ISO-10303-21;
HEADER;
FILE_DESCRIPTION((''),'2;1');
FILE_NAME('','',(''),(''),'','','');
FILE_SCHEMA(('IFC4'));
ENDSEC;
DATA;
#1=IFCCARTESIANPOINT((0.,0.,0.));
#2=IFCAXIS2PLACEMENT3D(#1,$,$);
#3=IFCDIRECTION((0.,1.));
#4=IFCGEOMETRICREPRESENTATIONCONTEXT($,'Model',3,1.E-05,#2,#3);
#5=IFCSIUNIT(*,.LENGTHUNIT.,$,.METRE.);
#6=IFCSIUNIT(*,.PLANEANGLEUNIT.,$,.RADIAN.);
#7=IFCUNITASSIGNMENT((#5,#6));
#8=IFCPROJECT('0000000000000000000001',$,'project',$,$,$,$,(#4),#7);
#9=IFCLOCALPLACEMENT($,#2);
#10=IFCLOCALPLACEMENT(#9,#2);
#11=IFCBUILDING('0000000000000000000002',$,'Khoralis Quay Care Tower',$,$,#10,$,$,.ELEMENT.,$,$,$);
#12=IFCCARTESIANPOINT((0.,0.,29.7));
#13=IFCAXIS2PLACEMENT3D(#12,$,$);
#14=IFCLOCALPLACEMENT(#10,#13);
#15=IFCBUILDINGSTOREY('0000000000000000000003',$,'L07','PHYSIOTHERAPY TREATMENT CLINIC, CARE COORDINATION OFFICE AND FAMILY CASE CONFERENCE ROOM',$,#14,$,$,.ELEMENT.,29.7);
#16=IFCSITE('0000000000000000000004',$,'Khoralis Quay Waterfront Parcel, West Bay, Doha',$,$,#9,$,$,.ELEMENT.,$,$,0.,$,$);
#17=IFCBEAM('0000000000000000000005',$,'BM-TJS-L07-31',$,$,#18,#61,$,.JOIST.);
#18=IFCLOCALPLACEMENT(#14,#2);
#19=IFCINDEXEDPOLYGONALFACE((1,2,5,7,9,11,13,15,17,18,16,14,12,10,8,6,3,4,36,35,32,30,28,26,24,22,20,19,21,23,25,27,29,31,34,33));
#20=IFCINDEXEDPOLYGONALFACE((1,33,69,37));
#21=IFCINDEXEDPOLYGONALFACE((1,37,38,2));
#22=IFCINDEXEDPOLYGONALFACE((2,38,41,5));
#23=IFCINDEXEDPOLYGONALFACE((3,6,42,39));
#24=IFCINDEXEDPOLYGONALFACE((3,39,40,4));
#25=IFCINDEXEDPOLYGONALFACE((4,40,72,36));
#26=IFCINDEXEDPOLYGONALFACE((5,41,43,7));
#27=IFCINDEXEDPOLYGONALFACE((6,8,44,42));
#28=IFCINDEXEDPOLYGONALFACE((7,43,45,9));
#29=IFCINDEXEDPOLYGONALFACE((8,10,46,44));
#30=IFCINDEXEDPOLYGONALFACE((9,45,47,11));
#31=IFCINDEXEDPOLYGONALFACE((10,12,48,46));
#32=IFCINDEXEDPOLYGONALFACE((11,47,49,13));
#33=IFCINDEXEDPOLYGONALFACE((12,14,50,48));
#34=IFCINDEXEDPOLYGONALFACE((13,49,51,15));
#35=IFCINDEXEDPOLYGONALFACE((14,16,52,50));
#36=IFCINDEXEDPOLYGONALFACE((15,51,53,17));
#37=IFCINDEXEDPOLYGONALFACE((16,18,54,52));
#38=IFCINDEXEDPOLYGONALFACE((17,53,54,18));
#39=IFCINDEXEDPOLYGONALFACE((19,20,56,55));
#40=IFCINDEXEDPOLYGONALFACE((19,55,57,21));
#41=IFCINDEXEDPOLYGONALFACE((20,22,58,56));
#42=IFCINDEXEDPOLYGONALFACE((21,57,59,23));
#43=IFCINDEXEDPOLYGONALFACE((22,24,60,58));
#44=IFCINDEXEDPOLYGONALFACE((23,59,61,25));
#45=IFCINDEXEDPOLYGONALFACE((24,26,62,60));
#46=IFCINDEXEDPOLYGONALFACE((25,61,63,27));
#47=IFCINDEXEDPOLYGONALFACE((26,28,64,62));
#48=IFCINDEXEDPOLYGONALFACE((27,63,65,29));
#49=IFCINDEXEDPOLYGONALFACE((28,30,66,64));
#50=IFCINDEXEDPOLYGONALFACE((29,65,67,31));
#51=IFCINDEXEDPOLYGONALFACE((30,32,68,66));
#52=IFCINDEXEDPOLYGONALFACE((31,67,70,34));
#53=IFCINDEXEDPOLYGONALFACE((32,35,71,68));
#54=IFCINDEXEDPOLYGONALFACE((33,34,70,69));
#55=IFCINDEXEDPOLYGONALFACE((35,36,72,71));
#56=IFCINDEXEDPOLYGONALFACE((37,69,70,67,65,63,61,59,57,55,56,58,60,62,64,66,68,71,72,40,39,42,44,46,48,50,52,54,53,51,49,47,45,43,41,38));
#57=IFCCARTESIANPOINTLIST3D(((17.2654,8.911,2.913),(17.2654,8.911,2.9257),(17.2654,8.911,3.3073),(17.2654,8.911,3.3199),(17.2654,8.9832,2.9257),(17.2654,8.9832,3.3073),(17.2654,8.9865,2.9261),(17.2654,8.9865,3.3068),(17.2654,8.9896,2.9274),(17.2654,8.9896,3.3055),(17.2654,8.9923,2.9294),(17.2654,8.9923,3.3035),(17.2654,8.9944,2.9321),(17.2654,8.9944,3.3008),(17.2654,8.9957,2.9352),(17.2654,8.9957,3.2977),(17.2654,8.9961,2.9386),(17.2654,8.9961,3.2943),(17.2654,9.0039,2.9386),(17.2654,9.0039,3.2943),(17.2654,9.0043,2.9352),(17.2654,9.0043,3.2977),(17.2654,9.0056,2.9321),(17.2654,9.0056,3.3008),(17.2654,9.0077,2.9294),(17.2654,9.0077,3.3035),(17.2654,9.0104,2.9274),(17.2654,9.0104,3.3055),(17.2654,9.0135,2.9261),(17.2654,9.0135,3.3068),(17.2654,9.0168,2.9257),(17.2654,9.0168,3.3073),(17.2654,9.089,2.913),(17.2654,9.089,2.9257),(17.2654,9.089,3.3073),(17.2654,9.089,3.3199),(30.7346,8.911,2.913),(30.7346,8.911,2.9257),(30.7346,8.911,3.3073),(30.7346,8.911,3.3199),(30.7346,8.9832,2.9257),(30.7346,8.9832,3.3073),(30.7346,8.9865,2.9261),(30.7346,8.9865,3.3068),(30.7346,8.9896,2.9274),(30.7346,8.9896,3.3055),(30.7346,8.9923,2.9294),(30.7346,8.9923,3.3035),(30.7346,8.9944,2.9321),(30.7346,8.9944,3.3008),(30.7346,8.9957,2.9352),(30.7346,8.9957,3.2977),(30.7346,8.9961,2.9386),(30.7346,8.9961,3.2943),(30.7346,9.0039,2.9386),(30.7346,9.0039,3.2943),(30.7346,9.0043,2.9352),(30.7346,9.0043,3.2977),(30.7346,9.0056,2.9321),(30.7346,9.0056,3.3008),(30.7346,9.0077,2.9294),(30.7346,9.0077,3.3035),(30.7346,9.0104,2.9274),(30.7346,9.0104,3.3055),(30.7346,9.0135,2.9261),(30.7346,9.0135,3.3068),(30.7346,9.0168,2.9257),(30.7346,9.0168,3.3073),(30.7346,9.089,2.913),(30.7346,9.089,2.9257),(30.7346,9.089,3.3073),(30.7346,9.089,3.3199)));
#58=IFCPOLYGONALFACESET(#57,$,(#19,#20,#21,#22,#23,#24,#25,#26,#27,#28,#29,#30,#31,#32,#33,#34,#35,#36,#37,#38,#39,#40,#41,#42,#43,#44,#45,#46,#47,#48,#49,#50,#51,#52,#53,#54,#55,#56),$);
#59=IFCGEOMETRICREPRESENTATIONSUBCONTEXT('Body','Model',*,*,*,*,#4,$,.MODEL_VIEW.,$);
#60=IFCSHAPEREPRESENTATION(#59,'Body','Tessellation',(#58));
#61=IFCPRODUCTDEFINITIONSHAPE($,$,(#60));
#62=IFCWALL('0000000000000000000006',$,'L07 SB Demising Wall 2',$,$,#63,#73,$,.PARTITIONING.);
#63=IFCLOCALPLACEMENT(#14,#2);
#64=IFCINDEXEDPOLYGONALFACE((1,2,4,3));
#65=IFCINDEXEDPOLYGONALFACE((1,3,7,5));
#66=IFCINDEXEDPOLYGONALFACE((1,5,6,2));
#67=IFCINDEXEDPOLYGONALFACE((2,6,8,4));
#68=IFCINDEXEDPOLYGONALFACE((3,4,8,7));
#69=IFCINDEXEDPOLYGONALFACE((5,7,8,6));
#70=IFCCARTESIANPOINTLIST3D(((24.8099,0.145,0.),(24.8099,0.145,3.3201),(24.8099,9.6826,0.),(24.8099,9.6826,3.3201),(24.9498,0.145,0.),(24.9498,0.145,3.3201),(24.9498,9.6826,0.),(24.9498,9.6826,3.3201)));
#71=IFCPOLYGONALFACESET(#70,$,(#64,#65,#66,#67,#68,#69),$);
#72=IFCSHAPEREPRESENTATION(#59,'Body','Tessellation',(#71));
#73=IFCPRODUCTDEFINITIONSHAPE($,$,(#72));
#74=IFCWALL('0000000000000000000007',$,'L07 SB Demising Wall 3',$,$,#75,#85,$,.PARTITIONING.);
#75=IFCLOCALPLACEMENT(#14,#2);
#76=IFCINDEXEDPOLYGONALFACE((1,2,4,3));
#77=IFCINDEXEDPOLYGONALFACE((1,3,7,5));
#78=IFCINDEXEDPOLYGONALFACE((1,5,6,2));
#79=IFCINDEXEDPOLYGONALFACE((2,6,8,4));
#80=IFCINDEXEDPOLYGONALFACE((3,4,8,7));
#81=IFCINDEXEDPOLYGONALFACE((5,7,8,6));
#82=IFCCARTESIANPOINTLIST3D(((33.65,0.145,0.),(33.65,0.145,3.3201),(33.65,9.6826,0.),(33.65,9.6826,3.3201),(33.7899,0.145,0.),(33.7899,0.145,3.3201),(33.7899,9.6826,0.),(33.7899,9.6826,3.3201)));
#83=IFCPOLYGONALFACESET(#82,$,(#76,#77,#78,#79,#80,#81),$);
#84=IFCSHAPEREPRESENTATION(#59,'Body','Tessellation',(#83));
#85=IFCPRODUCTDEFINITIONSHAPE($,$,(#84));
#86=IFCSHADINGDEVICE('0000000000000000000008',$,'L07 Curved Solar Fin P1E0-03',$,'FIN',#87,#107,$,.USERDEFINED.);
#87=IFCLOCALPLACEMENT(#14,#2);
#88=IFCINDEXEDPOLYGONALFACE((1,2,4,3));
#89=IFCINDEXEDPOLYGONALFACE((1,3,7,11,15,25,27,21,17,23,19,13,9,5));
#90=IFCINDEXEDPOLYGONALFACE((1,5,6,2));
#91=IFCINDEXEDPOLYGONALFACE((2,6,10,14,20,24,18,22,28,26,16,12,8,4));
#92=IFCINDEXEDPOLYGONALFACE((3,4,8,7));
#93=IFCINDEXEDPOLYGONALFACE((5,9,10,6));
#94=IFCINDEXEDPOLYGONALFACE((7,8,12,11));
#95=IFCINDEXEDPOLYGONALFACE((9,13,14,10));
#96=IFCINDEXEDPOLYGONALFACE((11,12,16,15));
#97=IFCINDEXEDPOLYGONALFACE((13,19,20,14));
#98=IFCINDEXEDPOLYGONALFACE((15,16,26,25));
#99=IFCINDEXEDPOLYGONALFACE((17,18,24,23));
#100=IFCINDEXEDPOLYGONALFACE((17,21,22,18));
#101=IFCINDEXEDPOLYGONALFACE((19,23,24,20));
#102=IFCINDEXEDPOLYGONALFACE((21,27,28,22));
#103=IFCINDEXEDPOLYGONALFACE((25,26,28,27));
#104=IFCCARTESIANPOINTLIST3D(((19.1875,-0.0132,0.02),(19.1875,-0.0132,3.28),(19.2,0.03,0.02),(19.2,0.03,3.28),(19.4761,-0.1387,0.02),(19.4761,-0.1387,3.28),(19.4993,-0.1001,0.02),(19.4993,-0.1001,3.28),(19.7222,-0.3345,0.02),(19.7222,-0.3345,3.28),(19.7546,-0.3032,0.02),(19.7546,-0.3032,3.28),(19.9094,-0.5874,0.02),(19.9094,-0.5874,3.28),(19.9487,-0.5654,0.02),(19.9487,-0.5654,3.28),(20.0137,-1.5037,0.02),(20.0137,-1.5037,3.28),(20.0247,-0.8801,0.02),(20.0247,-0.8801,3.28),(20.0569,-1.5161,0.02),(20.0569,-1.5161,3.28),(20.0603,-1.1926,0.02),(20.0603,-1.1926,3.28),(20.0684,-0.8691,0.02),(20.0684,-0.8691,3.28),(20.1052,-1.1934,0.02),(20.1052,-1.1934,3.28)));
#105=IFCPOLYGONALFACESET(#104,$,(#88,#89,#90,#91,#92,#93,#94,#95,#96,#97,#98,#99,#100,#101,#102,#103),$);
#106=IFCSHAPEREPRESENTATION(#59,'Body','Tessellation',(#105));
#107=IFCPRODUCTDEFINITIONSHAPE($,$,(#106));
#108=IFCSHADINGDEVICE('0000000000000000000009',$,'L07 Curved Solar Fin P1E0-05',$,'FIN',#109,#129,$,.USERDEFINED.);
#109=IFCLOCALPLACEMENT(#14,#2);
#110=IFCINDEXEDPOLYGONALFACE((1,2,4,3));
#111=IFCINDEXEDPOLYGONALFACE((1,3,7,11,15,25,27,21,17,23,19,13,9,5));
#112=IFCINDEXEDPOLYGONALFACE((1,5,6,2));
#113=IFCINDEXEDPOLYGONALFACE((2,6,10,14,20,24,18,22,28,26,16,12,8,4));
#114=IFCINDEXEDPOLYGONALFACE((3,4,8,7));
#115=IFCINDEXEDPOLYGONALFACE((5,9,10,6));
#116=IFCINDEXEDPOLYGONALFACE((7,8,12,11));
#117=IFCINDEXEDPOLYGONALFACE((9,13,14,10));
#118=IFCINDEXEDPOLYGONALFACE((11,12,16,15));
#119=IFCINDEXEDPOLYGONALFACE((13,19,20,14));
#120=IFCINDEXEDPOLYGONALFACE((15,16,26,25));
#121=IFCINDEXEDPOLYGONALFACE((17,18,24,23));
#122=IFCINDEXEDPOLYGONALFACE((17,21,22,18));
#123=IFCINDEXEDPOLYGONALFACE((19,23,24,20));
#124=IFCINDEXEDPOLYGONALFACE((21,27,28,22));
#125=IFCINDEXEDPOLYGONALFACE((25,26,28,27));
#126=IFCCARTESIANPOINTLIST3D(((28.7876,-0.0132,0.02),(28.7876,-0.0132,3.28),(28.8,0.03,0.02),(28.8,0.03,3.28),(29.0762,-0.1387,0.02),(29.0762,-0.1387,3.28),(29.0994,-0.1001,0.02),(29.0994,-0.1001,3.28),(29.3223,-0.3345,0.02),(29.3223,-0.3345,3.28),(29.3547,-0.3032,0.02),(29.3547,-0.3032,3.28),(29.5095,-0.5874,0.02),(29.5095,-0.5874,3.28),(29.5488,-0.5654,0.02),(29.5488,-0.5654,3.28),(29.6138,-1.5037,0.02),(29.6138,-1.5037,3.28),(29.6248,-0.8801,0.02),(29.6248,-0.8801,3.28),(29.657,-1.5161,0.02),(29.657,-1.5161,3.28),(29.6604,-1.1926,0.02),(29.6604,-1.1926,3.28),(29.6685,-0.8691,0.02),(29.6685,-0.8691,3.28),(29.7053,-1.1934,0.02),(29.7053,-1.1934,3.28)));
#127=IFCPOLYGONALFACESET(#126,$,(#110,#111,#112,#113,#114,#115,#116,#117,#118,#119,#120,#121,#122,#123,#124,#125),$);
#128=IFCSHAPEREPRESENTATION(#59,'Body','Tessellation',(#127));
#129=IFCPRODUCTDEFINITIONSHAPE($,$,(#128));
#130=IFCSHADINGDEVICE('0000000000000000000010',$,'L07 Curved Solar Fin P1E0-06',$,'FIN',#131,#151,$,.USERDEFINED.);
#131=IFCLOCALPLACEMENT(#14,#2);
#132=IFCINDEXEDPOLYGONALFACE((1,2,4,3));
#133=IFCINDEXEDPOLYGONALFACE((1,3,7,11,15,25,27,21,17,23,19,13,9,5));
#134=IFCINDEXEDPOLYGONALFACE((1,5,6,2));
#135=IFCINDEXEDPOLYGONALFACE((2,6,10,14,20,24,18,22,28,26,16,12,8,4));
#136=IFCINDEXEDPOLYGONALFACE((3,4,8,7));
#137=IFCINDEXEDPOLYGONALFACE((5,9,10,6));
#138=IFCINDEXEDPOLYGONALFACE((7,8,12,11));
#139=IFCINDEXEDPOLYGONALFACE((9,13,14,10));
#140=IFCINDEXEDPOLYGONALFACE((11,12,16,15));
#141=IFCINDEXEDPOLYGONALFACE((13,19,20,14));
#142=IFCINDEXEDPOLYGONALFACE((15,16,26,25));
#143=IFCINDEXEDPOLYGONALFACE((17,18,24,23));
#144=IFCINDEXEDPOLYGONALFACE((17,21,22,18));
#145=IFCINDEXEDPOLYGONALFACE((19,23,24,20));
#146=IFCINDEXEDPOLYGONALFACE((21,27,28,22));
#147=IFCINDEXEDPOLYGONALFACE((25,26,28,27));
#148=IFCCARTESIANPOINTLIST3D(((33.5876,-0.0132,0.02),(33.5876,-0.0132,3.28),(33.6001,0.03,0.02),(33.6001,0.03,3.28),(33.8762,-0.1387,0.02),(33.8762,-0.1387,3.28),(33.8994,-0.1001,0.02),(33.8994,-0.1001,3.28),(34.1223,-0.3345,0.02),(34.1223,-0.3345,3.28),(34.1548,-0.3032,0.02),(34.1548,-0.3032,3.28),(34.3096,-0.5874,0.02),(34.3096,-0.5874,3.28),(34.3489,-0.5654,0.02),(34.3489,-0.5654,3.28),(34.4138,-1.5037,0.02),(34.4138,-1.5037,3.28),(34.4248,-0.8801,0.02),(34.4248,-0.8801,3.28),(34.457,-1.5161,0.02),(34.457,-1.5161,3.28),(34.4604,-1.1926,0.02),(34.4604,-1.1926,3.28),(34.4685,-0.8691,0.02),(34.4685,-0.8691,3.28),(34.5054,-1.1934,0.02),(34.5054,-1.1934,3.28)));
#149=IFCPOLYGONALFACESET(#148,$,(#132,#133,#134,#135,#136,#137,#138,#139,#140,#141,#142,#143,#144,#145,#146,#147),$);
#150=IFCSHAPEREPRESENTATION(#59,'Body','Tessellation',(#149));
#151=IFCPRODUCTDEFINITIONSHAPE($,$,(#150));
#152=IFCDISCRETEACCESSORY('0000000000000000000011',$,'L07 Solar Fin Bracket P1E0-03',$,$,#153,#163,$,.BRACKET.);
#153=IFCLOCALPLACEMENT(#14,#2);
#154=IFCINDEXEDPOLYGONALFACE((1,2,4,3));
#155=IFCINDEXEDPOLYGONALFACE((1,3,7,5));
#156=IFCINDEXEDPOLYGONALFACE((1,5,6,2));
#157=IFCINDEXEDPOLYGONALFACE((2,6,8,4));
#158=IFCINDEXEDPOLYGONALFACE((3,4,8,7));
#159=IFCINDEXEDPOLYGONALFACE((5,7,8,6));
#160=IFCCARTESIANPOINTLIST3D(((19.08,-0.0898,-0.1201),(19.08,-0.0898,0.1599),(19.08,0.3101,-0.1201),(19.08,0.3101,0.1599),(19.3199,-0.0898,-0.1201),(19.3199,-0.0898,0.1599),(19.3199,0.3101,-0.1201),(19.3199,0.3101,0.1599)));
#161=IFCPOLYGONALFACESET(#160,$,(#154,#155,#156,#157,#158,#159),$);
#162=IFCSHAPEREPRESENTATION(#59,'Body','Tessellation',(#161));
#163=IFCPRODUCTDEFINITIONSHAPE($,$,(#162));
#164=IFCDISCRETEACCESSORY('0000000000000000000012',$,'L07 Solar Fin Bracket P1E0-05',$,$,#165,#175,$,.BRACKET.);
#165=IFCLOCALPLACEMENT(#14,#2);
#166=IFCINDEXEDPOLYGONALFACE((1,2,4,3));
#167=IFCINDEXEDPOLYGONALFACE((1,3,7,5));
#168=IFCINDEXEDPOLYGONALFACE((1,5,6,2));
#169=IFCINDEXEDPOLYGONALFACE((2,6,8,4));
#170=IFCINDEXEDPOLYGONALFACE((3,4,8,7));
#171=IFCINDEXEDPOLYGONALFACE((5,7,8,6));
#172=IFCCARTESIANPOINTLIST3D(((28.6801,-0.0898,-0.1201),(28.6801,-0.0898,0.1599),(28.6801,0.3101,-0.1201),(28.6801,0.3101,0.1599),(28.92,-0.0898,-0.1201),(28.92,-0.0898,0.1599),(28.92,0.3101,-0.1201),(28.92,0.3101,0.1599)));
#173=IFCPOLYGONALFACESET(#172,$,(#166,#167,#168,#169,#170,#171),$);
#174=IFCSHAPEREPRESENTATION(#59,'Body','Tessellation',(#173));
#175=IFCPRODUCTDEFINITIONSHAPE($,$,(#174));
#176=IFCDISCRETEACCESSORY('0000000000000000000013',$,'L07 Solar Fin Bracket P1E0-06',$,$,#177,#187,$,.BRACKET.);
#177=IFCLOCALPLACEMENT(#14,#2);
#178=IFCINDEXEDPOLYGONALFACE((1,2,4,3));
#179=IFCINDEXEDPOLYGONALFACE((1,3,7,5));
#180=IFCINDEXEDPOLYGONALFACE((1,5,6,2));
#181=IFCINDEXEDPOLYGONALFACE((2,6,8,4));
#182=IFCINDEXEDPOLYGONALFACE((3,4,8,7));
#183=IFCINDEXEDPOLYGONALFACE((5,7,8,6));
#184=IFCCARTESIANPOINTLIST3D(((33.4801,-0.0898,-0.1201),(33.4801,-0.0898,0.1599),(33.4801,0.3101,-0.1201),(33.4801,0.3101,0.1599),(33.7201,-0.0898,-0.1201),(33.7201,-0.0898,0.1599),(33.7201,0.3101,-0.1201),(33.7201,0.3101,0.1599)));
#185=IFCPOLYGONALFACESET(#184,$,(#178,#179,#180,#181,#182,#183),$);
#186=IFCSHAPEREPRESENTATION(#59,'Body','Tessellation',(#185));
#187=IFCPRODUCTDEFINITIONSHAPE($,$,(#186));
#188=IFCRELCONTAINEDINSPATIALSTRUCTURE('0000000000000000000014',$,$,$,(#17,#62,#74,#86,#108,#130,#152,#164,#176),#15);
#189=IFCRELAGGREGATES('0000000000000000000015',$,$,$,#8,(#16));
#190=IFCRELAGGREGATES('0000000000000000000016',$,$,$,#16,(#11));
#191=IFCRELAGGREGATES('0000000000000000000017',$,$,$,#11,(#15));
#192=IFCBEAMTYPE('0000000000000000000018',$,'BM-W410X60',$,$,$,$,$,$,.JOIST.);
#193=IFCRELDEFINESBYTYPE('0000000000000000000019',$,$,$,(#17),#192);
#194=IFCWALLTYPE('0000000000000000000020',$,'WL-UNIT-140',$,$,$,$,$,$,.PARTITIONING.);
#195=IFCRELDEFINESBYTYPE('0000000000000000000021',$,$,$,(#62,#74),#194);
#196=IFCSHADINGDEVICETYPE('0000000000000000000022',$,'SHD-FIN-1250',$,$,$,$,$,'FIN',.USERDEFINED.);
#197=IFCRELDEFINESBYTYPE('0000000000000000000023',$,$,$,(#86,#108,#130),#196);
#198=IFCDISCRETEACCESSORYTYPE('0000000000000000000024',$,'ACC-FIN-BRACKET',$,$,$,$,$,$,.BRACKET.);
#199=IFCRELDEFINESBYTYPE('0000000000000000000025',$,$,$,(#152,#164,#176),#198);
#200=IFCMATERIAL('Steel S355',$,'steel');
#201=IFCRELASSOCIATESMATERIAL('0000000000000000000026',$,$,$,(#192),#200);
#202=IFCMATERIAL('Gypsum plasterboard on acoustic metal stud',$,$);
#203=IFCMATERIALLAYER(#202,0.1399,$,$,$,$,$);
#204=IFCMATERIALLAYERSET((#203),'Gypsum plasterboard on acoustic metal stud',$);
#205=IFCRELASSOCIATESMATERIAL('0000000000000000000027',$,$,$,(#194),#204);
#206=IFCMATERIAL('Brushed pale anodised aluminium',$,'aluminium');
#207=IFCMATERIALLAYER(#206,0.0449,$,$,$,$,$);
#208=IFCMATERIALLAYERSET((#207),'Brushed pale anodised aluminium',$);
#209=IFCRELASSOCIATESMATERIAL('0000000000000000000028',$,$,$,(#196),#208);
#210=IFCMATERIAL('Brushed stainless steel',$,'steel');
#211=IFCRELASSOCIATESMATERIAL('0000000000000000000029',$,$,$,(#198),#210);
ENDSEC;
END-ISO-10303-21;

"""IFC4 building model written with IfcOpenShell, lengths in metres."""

from ifc_helpers import new_model, si_unit, direction, frame, frame_2d, origin, origin_2d, place, context, subcontext, project, spatial, polyline, rectangle, i_section, outline, extrude, source, transform, mapped, material, layer, layer_set, material_profile, profile_set, type_object, element, save


model = new_model("IFC4")

# Units and contexts
model_context = context("Model", 3, precision=1e-05, world=origin(), true_north=direction((0.0, 1.0)))
body_context = subcontext(model_context, "Body", "Model", "MODEL_VIEW")
ifc_project = project(units=[si_unit("LENGTHUNIT", "METRE"), si_unit("PLANEANGLEUNIT", "RADIAN")], contexts=[model_context])

# Site, building, storey
site_placement = place(None, origin())
site = spatial("IfcSite", under=ifc_project, at=site_placement, Name="Khoralis Quay Waterfront Parcel, West Bay, Doha", CompositionType="ELEMENT", RefElevation=0.0)
building_placement = place(site_placement, origin())
building = spatial("IfcBuilding", under=site, at=building_placement, Name="Khoralis Quay Care Tower", CompositionType="ELEMENT")
storey_placement = place(building_placement, frame((0.0, 0.0, 29.7)))
storey = spatial("IfcBuildingStorey", under=building, at=storey_placement, Name="L07", Description="PHYSIOTHERAPY TREATMENT CLINIC, CARE COORDINATION OFFICE AND FAMILY CASE CONFERENCE ROOM", CompositionType="ELEMENT", Elevation=29.7)

# Beam
ifc_material_1 = material(Name="Steel S355", Category="steel")
ifc_material_profile_1 = material_profile(ifc_material_1, i_section(OverallWidth=0.178, OverallDepth=0.407, WebThickness=0.0078, FlangeThickness=0.0127, FilletRadius=0.0129, at=origin_2d()), Name="Steel S355")
ifc_profile_set_1 = profile_set([ifc_material_profile_1], Name="Steel S355")
beam_type_1 = type_object("IfcBeamType", Name="BM-W410X60", PredefinedType="JOIST", material=ifc_profile_set_1)
shared_shape_1 = source(origin(), body_context, "Body", "SweptSolid", [
    extrude(i_section(OverallWidth=0.178, OverallDepth=0.407, WebThickness=0.0078, FlangeThickness=0.0127, FilletRadius=0.0129, at=origin_2d()), origin(), (0.0, 0.0, 1.0), 13.4692),
])
beam_1_placement = place(storey_placement, frame((17.2654, 9.0, 3.1165), z_axis=(1.0, 0.0, 0.0), x_axis=(0.0, 1.0, 0.0)))
element("IfcBeam", 1, at=beam_1_placement, inside=storey, type_object=beam_type_1, Name="BM-TJS-L07-31", PredefinedType="JOIST", context=body_context, shape_type="MappedRepresentation", body=[
    mapped(shared_shape_1, transform((0.0, 0.0, 0.0), scale=1.0)),
])

# Walls
ifc_material_2 = material(Name="Gypsum plasterboard on acoustic metal stud")
ifc_layer_1 = layer(ifc_material_2, 0.1399)
ifc_layer_set_1 = layer_set([ifc_layer_1], Name="Gypsum plasterboard on acoustic metal stud")
wall_type = type_object("IfcWallType", Name="WL-UNIT-140", PredefinedType="PARTITIONING", material=ifc_layer_set_1)
for number, where, z_axis, x_axis, name in (
    (2, (24.8799, 0.145, 0.0), (0.0, 0.0, 1.0), (0.0, 1.0, 0.0), "L07 SB Demising Wall 2"),
    (3, (33.72, 0.145, 0.0), (0.0, 0.0, 1.0), (0.0, 1.0, 0.0), "L07 SB Demising Wall 3"),
):
    element("IfcWall", number, at=place(storey_placement, frame(where, z_axis=z_axis, x_axis=x_axis)), inside=storey, type_object=wall_type, Name=name, PredefinedType="PARTITIONING", context=body_context, shape_type="SweptSolid", body=[
        extrude(rectangle(XDim=9.5376, YDim=0.1399, at=frame_2d((4.7688, 0.0))), origin(), (0.0, 0.0, 1.0), 3.3201),
    ])

# Shading devices
ifc_material_3 = material(Name="Brushed pale anodised aluminium", Category="aluminium")
ifc_layer_2 = layer(ifc_material_3, 0.0449)
ifc_layer_set_2 = layer_set([ifc_layer_2], Name="Brushed pale anodised aluminium")
shading_device_type = type_object("IfcShadingDeviceType", Name="SHD-FIN-1250", ElementType="FIN", PredefinedType="USERDEFINED", material=ifc_layer_set_2)
shared_shape_2 = source(origin(), body_context, "Body", "SweptSolid", [
    extrude(outline(polyline([(0.0, 0.0), (0.1301, 0.2993), (0.3333, 0.5547), (0.5955, 0.7488), (0.8992, 0.8684), (1.2234, 0.9053), (1.5461, 0.8569), (1.5337, 0.8137), (1.2227, 0.8604), (0.9102, 0.8247), (0.6174, 0.7095), (0.3645, 0.5222), (0.1687, 0.2761), (0.0432, -0.0125), (0.0, 0.0)])), origin(), (0.0, 0.0, 1.0), 3.26),
])
for number, where, z_axis, x_axis, name in (
    (4, (19.2, 0.03, 0.02), (0.0, 0.0, 1.0), (0.0, -1.0, 0.0), "L07 Curved Solar Fin P1E0-03"),
    (5, (28.8, 0.03, 0.02), (0.0, 0.0, 1.0), (0.0, -1.0, 0.0), "L07 Curved Solar Fin P1E0-05"),
    (6, (33.6001, 0.03, 0.02), (0.0, 0.0, 1.0), (0.0, -1.0, 0.0), "L07 Curved Solar Fin P1E0-06"),
):
    element("IfcShadingDevice", number, at=place(storey_placement, frame(where, z_axis=z_axis, x_axis=x_axis)), inside=storey, type_object=shading_device_type, Name=name, ObjectType="FIN", PredefinedType="USERDEFINED", context=body_context, shape_type="MappedRepresentation", body=[
        mapped(shared_shape_2, transform((0.0, 0.0, 0.0), scale=1.0)),
    ])

# Discrete accessories
ifc_material_4 = material(Name="Brushed stainless steel", Category="steel")
discrete_accessory_type = type_object("IfcDiscreteAccessoryType", Name="ACC-FIN-BRACKET", PredefinedType="BRACKET", material=ifc_material_4)
shared_shape_3 = source(origin(), body_context, "Body", "SweptSolid", [
    extrude(rectangle(XDim=0.3999, YDim=0.24, at=origin_2d()), origin(), (0.0, 0.0, 1.0), 0.28),
])
for number, where, z_axis, x_axis, name in (
    (7, (19.2, 0.1101, -0.1201), (0.0, 0.0, 1.0), (0.0, -1.0, 0.0), "L07 Solar Fin Bracket P1E0-03"),
    (8, (28.8, 0.1101, -0.1201), (0.0, 0.0, 1.0), (0.0, -1.0, 0.0), "L07 Solar Fin Bracket P1E0-05"),
    (9, (33.6001, 0.1101, -0.1201), (0.0, 0.0, 1.0), (0.0, -1.0, 0.0), "L07 Solar Fin Bracket P1E0-06"),
):
    element("IfcDiscreteAccessory", number, at=place(storey_placement, frame(where, z_axis=z_axis, x_axis=x_axis)), inside=storey, type_object=discrete_accessory_type, Name=name, PredefinedType="BRACKET", context=body_context, shape_type="MappedRepresentation", body=[
        mapped(shared_shape_3, transform((0.0, 0.0, 0.0), scale=1.0)),
    ])

save(model, "model.ifc")
